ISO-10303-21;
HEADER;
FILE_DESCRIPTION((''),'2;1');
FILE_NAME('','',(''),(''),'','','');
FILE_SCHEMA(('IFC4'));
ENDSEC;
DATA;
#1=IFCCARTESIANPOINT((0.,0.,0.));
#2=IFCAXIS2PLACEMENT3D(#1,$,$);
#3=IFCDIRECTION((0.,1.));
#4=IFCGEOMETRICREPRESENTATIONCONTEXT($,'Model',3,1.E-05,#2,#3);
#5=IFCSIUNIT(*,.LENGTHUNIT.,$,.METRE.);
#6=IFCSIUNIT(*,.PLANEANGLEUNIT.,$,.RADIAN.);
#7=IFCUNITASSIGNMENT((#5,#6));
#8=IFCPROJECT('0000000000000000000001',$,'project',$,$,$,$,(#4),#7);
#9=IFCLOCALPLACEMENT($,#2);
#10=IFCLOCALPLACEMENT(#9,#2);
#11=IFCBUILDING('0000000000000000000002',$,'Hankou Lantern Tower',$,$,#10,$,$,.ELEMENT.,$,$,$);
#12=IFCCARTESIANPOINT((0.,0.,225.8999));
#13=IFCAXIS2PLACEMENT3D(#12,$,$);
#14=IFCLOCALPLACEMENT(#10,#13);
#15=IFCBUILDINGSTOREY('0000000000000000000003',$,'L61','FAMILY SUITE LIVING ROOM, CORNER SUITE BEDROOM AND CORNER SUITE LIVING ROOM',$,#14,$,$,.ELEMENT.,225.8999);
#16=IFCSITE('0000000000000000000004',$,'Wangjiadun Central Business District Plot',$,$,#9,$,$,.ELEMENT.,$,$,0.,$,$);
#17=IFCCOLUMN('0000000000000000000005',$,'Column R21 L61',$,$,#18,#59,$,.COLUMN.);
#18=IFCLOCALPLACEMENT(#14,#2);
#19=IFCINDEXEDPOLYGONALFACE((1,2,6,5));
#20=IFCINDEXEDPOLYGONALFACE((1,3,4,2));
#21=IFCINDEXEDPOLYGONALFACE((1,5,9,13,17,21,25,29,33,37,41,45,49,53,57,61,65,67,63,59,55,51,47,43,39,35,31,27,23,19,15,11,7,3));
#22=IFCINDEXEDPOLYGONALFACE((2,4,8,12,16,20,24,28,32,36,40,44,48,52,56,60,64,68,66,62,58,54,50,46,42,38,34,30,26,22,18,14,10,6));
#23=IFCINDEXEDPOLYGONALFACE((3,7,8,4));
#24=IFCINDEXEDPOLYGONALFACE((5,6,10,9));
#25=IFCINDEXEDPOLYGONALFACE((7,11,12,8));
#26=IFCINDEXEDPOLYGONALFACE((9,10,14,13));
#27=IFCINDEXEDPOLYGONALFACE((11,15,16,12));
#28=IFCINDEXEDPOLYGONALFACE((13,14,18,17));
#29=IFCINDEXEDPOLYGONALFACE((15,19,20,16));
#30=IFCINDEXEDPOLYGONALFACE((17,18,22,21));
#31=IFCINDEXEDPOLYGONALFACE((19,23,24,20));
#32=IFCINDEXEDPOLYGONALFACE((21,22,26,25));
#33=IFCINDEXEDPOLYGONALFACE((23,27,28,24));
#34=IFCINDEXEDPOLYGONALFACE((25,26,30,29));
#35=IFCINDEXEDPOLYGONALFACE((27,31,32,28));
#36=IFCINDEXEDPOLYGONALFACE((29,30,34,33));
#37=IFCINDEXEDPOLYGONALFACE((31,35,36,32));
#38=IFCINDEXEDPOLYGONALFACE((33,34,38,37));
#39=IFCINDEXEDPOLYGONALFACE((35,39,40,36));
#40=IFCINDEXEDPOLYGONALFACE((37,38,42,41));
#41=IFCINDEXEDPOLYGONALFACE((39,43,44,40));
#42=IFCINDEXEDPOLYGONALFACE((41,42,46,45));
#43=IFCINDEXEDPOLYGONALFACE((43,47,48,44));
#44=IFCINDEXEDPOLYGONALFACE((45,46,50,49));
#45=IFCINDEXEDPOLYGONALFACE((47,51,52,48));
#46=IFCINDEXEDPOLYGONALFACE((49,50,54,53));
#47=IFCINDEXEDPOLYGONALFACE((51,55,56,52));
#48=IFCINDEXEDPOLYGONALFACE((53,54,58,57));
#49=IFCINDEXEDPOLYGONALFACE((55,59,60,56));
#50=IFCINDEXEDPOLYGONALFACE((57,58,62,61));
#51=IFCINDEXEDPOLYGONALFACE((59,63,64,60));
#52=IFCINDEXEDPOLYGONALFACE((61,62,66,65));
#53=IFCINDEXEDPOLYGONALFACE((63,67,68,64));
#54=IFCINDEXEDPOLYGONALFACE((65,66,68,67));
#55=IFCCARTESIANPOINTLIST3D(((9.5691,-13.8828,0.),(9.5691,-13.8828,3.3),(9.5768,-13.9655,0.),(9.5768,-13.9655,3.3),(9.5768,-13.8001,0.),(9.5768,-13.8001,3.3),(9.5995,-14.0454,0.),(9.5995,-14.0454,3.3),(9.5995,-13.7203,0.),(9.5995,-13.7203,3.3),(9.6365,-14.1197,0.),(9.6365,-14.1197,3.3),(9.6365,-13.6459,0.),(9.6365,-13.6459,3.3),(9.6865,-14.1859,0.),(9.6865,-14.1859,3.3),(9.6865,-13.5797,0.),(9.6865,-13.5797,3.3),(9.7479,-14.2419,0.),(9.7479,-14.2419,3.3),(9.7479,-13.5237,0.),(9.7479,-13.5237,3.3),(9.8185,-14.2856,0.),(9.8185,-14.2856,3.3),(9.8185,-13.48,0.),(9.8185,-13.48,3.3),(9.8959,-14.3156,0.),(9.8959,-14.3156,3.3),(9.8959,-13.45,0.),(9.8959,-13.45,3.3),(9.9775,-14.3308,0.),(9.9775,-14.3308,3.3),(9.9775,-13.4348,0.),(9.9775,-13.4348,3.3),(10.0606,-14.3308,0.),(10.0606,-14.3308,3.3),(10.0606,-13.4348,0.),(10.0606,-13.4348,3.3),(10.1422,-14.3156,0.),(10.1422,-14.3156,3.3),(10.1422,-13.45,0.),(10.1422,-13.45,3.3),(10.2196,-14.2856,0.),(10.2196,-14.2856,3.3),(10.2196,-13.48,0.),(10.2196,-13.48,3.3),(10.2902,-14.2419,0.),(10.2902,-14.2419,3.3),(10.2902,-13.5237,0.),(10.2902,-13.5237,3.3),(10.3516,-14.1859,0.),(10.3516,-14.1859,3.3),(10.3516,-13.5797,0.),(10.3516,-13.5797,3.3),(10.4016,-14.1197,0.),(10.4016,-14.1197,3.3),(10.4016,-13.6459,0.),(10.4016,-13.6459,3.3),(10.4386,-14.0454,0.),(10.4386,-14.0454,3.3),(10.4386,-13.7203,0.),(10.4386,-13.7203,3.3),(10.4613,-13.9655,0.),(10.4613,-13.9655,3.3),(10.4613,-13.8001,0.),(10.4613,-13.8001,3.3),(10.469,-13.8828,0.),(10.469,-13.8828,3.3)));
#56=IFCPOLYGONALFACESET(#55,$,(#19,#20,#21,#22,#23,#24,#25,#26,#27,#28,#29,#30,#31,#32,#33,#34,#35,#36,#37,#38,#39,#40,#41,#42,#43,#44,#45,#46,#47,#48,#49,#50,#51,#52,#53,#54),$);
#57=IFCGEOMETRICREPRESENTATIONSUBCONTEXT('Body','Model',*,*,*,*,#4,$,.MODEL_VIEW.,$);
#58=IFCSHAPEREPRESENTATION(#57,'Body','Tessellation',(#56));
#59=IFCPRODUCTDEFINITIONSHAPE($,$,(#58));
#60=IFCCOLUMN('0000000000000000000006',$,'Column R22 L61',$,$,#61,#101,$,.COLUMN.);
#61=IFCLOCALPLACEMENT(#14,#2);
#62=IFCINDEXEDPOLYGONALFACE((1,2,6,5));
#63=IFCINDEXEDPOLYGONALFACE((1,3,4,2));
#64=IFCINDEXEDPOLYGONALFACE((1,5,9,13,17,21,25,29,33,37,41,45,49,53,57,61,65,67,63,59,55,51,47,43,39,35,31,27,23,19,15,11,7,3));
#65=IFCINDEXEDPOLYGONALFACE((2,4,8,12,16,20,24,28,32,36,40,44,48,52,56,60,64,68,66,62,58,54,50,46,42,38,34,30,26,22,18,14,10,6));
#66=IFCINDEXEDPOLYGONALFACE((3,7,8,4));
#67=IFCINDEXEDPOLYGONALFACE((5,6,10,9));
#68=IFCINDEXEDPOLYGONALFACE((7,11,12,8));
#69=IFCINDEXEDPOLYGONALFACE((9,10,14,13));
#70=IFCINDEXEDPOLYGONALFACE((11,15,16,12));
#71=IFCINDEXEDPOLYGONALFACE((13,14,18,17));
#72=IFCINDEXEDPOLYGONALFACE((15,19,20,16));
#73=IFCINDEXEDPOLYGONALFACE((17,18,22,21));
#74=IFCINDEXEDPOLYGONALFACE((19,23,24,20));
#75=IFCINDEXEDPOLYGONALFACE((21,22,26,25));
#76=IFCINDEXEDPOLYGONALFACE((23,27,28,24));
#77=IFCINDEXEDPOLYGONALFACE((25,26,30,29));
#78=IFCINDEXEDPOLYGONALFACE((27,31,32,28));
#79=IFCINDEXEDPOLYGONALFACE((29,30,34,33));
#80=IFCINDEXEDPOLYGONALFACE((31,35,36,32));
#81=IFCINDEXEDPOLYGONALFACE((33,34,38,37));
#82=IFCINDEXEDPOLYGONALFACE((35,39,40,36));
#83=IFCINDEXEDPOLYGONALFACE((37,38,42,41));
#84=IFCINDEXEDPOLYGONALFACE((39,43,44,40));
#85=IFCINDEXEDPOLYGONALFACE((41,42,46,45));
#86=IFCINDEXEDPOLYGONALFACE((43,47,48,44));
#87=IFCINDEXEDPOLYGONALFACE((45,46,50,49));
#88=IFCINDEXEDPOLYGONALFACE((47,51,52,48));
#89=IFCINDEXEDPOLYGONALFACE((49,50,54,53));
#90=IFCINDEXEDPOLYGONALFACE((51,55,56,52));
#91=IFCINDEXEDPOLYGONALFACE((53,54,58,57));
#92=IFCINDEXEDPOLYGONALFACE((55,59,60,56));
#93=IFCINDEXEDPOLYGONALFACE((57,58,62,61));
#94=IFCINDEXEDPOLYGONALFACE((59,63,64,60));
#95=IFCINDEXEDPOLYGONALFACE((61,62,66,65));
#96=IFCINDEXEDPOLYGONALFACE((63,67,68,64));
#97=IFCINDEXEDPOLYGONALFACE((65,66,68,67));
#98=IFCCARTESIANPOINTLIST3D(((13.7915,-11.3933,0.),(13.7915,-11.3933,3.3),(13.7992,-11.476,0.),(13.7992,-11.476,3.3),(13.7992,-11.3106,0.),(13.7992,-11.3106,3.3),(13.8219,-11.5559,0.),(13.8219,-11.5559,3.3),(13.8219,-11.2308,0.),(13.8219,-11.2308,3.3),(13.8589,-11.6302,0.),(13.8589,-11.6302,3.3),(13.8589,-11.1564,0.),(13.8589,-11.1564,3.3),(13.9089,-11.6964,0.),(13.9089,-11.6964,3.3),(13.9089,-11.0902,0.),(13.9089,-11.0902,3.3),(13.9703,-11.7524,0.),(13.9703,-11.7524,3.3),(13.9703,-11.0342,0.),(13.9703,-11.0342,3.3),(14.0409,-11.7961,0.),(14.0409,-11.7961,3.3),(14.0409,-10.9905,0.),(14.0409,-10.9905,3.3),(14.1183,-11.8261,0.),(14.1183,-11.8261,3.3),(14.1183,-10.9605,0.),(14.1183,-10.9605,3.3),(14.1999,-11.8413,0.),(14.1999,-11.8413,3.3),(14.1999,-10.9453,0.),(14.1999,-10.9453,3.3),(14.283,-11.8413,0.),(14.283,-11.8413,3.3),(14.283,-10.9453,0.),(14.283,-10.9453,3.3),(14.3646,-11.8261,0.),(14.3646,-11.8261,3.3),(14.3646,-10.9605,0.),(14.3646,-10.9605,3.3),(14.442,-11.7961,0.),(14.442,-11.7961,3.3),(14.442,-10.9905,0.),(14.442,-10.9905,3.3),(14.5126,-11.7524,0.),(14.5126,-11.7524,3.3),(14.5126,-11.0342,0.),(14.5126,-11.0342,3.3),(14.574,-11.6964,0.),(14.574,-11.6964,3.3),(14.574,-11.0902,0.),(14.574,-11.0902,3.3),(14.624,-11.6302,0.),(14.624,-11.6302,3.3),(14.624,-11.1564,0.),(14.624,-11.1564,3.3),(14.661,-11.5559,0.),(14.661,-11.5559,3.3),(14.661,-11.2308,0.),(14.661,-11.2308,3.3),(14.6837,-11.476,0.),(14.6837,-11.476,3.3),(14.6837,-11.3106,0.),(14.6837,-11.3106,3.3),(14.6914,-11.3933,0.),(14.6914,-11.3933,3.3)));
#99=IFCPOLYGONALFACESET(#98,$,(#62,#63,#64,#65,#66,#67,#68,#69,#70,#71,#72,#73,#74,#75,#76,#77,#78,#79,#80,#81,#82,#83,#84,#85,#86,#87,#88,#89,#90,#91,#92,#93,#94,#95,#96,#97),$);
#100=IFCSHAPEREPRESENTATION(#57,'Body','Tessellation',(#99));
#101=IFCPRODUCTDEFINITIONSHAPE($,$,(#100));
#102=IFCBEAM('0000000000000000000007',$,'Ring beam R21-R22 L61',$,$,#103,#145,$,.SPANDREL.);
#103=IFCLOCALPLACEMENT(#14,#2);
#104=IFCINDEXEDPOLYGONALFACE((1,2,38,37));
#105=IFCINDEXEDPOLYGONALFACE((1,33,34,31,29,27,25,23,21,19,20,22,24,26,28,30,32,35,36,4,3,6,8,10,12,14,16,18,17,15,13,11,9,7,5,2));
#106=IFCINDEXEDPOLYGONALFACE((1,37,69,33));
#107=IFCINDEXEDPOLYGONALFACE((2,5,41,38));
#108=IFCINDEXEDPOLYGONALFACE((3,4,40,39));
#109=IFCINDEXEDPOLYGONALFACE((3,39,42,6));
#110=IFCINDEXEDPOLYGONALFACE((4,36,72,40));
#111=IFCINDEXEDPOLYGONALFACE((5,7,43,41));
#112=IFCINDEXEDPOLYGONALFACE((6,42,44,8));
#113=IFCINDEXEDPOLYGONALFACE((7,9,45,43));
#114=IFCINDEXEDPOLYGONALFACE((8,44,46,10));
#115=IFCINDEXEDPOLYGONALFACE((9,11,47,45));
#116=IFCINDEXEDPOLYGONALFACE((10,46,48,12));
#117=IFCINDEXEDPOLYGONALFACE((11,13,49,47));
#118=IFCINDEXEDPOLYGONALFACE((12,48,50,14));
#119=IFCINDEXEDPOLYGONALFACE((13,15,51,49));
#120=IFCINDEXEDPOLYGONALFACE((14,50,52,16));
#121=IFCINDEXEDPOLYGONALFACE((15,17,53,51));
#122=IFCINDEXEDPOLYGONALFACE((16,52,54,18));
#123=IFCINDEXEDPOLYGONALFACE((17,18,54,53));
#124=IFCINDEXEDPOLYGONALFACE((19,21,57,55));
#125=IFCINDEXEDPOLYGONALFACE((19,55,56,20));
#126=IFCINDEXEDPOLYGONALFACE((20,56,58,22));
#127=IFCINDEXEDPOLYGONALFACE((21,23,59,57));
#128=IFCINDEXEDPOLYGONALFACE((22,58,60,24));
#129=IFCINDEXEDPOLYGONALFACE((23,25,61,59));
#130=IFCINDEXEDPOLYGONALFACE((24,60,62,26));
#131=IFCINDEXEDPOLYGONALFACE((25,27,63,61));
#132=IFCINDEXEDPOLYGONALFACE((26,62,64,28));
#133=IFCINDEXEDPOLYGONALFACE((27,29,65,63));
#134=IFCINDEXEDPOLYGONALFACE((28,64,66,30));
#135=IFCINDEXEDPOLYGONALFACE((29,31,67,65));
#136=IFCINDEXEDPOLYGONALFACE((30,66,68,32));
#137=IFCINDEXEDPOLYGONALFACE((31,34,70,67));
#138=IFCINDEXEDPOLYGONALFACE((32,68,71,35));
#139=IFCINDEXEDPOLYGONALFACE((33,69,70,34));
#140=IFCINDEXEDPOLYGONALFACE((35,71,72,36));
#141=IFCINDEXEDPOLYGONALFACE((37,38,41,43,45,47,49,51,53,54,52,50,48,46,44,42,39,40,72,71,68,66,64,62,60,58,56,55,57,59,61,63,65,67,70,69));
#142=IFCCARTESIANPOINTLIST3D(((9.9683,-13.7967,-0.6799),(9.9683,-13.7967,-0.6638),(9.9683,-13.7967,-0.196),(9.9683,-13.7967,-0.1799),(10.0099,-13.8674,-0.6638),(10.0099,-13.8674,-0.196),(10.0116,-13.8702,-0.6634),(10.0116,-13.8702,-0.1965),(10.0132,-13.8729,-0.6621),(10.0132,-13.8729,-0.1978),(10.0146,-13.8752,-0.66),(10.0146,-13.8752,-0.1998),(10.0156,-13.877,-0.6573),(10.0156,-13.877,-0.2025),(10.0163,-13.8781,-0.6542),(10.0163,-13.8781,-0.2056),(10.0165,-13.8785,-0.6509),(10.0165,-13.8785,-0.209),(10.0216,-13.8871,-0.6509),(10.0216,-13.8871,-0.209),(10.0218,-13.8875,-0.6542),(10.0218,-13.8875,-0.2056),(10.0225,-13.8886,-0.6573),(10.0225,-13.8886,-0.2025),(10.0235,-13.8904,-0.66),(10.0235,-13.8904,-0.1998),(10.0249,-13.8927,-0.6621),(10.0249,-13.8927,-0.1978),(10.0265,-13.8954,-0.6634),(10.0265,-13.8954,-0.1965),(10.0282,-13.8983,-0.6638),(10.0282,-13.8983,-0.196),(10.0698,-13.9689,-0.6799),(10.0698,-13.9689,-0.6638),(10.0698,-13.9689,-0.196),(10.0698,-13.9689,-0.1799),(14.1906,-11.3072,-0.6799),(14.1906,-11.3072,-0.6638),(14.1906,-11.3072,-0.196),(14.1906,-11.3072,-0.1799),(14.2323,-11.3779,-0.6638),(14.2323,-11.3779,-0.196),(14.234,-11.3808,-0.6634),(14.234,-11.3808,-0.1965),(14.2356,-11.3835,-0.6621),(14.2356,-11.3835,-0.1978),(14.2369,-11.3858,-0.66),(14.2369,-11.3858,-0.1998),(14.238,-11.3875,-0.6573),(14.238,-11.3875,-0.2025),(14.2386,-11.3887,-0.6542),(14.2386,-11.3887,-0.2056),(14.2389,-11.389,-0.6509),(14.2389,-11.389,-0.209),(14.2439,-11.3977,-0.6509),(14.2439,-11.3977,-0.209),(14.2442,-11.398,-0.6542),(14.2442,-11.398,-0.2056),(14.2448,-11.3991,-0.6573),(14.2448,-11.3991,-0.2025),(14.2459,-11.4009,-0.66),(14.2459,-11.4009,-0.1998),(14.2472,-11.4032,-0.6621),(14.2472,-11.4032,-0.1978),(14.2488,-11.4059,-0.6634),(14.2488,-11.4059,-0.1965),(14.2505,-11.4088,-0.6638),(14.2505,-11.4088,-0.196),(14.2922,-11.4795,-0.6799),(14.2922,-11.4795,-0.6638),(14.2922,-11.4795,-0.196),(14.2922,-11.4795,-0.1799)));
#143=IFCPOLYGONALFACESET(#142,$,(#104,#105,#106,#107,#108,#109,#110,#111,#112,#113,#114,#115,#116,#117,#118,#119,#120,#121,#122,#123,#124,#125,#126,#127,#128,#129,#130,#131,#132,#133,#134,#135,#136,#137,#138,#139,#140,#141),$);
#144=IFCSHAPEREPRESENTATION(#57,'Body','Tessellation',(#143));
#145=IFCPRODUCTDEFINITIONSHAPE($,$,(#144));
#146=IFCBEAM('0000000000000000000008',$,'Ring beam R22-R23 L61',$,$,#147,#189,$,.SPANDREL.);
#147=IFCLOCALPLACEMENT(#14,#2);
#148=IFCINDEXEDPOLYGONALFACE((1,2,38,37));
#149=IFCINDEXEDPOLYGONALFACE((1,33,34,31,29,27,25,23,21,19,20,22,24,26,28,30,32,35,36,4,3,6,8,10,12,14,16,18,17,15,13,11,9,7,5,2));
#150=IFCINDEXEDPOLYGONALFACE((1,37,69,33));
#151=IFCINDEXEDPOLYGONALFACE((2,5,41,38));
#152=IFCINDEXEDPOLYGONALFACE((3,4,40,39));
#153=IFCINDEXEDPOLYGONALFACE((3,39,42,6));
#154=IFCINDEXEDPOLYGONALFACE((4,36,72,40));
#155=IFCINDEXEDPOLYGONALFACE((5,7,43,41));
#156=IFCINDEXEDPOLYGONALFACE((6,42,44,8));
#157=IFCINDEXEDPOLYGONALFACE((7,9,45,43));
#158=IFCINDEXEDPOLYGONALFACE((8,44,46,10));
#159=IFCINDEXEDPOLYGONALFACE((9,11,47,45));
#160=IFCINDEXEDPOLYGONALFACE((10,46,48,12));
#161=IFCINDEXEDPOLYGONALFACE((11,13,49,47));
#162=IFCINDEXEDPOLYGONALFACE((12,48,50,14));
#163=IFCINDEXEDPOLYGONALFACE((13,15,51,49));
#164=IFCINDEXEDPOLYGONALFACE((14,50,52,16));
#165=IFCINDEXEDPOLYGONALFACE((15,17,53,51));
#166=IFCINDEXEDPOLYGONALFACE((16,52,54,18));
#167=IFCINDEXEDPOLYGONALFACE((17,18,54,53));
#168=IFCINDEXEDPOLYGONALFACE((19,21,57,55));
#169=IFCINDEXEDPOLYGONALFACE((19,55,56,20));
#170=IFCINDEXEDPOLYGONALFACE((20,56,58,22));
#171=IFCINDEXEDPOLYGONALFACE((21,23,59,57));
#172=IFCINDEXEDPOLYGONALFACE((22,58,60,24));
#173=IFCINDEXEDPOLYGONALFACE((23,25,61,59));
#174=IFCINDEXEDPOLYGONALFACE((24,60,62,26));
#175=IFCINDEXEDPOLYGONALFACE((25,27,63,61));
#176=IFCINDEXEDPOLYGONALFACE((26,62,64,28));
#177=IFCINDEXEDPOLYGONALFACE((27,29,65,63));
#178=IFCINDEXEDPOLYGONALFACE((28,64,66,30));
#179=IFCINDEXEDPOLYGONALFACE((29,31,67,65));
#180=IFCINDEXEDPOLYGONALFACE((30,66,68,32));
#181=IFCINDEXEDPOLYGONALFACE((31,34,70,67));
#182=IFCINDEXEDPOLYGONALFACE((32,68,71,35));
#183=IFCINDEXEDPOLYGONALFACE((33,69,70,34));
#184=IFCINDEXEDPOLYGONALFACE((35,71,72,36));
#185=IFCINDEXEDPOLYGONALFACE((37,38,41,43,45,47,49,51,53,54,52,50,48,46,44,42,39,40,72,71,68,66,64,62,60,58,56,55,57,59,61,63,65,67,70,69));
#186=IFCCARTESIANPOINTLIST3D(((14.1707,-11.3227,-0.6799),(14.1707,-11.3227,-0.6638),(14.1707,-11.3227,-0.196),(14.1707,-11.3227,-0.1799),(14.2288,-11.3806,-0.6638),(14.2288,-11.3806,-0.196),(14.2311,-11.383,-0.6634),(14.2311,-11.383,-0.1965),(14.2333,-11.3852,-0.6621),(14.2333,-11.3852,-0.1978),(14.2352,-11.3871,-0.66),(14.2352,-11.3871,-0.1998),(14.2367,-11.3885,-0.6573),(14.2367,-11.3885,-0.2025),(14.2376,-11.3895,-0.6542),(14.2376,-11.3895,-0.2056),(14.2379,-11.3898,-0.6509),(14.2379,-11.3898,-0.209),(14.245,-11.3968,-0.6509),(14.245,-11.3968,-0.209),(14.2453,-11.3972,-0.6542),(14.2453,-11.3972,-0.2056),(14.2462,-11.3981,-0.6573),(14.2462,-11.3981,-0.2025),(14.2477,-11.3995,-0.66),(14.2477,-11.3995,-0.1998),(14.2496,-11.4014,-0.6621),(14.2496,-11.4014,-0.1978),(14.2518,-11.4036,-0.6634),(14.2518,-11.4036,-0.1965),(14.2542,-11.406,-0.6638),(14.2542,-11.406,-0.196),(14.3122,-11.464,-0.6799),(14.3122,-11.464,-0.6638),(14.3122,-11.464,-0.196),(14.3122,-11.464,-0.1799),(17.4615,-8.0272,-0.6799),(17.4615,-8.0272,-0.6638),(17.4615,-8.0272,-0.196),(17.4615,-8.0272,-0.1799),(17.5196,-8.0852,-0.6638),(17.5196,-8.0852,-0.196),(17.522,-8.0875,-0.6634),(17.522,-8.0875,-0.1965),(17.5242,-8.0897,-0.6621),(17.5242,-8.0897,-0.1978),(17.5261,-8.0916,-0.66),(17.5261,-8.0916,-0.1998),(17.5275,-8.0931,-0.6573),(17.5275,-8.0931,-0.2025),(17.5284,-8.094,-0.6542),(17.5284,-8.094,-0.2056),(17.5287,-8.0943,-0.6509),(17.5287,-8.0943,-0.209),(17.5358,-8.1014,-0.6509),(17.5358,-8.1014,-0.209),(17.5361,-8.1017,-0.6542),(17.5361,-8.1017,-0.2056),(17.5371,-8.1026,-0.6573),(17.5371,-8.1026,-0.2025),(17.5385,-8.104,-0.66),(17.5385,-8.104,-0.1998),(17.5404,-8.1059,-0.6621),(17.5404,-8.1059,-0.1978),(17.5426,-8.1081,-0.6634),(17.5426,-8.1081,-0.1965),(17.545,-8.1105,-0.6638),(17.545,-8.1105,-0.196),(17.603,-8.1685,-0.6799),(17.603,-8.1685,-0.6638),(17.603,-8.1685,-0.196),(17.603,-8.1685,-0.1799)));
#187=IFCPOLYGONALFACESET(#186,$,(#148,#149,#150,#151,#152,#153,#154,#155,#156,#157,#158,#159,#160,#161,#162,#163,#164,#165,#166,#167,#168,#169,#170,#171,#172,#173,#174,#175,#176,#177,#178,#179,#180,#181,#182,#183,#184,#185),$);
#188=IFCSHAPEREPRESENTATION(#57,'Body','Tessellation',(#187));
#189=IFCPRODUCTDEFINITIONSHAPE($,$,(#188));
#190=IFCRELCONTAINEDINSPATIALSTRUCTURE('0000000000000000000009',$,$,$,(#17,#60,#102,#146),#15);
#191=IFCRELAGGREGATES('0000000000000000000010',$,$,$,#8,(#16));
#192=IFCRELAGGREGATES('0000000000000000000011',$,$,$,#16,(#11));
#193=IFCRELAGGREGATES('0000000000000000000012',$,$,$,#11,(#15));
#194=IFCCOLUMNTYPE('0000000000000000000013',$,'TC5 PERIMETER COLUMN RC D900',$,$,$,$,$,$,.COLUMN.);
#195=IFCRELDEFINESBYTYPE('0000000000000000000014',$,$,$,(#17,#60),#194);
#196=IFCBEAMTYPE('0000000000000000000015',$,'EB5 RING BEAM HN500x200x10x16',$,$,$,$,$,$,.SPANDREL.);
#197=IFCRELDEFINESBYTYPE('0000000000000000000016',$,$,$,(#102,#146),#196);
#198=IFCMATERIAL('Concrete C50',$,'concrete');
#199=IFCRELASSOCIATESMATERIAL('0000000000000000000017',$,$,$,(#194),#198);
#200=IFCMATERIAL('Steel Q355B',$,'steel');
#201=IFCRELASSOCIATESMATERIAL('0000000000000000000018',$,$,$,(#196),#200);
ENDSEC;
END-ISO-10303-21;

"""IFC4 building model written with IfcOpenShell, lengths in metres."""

from ifc_helpers import new_model, si_unit, direction, frame, origin, origin_2d, place, context, subcontext, project, spatial, circle, i_section, extrude, material, material_profile, profile_set, type_object, element, save


model = new_model("IFC4")

# Units and contexts
model_context = context("Model", 3, precision=1e-05, world=origin(), true_north=direction((0.0, 1.0)))
body_context = subcontext(model_context, "Body", "Model", "MODEL_VIEW")
ifc_project = project(units=[si_unit("LENGTHUNIT", "METRE"), si_unit("PLANEANGLEUNIT", "RADIAN")], contexts=[model_context])

# Site, building, storey
site_placement = place(None, origin())
site = spatial("IfcSite", under=ifc_project, at=site_placement, Name="Wangjiadun Central Business District Plot", CompositionType="ELEMENT", RefElevation=0.0)
building_placement = place(site_placement, origin())
building = spatial("IfcBuilding", under=site, at=building_placement, Name="Hankou Lantern Tower", CompositionType="ELEMENT")
storey_placement = place(building_placement, frame((0.0, 0.0, 225.8999)))
storey = spatial("IfcBuildingStorey", under=building, at=storey_placement, Name="L61", Description="FAMILY SUITE LIVING ROOM, CORNER SUITE BEDROOM AND CORNER SUITE LIVING ROOM", CompositionType="ELEMENT", Elevation=225.8999)

# Columns
ifc_material_1 = material(Name="Concrete C50", Category="concrete")
ifc_material_profile_1 = material_profile(ifc_material_1, circle(Radius=0.45, at=origin_2d()), Name="RC D900")
ifc_profile_set_1 = profile_set([ifc_material_profile_1], Name="Concrete C50")
column_type = type_object("IfcColumnType", Name="TC5 PERIMETER COLUMN RC D900", PredefinedType="COLUMN", material=ifc_profile_set_1)
for number, where, z_axis, x_axis, name in (
    (1, (10.019, -13.8828, 0.0), (0.0, 0.0, 1.0), (1.0, 0.0, 0.0), "Column R21 L61"),
    (2, (14.2415, -11.3933, 0.0), (0.0, 0.0, 1.0), (1.0, 0.0, 0.0), "Column R22 L61"),
):
    element("IfcColumn", number, at=place(storey_placement, frame(where, z_axis=z_axis, x_axis=x_axis)), inside=storey, type_object=column_type, Name=name, PredefinedType="COLUMN", context=body_context, shape_type="SweptSolid", body=[
        extrude(circle(Radius=0.45, at=origin_2d()), origin(), (0.0, 0.0, 1.0), 3.3),
    ])

# Beams
ifc_material_2 = material(Name="Steel Q355B", Category="steel")
ifc_material_profile_2 = material_profile(ifc_material_2, i_section(OverallWidth=0.2, OverallDepth=0.5, WebThickness=0.01, FlangeThickness=0.0161, FilletRadius=0.0129, at=origin_2d()), Name="HN500x200x10x16")
ifc_profile_set_2 = profile_set([ifc_material_profile_2], Name="Steel Q355B")
beam_type_1 = type_object("IfcBeamType", Name="EB5 RING BEAM HN500x200x10x16", PredefinedType="SPANDREL", material=ifc_profile_set_2)
beam_1_placement = place(storey_placement, frame((10.019, -13.8828, -0.4299), z_axis=(0.861423, 0.507888, 0.0), x_axis=(-0.507888, 0.861423, 0.0)))
element("IfcBeam", 3, at=beam_1_placement, inside=storey, type_object=beam_type_1, Name="Ring beam R21-R22 L61", PredefinedType="SPANDREL", context=body_context, shape_type="SweptSolid", body=[
    extrude(i_section(OverallWidth=0.2, OverallDepth=0.5, WebThickness=0.01, FlangeThickness=0.0161, FilletRadius=0.0129, at=origin_2d()), origin(), (0.0, 0.0, 1.0), 4.9016),
])
beam_2_placement = place(storey_placement, frame((14.2415, -11.3933, -0.4299), z_axis=(0.706609, 0.707605, 0.0), x_axis=(-0.707605, 0.706609, 0.0)))
element("IfcBeam", 4, at=beam_2_placement, inside=storey, type_object=beam_type_1, Name="Ring beam R22-R23 L61", PredefinedType="SPANDREL", context=body_context, shape_type="SweptSolid", body=[
    extrude(i_section(OverallWidth=0.2, OverallDepth=0.5, WebThickness=0.01, FlangeThickness=0.0161, FilletRadius=0.0129, at=origin_2d()), origin(), (0.0, 0.0, 1.0), 4.6572),
])

save(model, "model.ifc")
